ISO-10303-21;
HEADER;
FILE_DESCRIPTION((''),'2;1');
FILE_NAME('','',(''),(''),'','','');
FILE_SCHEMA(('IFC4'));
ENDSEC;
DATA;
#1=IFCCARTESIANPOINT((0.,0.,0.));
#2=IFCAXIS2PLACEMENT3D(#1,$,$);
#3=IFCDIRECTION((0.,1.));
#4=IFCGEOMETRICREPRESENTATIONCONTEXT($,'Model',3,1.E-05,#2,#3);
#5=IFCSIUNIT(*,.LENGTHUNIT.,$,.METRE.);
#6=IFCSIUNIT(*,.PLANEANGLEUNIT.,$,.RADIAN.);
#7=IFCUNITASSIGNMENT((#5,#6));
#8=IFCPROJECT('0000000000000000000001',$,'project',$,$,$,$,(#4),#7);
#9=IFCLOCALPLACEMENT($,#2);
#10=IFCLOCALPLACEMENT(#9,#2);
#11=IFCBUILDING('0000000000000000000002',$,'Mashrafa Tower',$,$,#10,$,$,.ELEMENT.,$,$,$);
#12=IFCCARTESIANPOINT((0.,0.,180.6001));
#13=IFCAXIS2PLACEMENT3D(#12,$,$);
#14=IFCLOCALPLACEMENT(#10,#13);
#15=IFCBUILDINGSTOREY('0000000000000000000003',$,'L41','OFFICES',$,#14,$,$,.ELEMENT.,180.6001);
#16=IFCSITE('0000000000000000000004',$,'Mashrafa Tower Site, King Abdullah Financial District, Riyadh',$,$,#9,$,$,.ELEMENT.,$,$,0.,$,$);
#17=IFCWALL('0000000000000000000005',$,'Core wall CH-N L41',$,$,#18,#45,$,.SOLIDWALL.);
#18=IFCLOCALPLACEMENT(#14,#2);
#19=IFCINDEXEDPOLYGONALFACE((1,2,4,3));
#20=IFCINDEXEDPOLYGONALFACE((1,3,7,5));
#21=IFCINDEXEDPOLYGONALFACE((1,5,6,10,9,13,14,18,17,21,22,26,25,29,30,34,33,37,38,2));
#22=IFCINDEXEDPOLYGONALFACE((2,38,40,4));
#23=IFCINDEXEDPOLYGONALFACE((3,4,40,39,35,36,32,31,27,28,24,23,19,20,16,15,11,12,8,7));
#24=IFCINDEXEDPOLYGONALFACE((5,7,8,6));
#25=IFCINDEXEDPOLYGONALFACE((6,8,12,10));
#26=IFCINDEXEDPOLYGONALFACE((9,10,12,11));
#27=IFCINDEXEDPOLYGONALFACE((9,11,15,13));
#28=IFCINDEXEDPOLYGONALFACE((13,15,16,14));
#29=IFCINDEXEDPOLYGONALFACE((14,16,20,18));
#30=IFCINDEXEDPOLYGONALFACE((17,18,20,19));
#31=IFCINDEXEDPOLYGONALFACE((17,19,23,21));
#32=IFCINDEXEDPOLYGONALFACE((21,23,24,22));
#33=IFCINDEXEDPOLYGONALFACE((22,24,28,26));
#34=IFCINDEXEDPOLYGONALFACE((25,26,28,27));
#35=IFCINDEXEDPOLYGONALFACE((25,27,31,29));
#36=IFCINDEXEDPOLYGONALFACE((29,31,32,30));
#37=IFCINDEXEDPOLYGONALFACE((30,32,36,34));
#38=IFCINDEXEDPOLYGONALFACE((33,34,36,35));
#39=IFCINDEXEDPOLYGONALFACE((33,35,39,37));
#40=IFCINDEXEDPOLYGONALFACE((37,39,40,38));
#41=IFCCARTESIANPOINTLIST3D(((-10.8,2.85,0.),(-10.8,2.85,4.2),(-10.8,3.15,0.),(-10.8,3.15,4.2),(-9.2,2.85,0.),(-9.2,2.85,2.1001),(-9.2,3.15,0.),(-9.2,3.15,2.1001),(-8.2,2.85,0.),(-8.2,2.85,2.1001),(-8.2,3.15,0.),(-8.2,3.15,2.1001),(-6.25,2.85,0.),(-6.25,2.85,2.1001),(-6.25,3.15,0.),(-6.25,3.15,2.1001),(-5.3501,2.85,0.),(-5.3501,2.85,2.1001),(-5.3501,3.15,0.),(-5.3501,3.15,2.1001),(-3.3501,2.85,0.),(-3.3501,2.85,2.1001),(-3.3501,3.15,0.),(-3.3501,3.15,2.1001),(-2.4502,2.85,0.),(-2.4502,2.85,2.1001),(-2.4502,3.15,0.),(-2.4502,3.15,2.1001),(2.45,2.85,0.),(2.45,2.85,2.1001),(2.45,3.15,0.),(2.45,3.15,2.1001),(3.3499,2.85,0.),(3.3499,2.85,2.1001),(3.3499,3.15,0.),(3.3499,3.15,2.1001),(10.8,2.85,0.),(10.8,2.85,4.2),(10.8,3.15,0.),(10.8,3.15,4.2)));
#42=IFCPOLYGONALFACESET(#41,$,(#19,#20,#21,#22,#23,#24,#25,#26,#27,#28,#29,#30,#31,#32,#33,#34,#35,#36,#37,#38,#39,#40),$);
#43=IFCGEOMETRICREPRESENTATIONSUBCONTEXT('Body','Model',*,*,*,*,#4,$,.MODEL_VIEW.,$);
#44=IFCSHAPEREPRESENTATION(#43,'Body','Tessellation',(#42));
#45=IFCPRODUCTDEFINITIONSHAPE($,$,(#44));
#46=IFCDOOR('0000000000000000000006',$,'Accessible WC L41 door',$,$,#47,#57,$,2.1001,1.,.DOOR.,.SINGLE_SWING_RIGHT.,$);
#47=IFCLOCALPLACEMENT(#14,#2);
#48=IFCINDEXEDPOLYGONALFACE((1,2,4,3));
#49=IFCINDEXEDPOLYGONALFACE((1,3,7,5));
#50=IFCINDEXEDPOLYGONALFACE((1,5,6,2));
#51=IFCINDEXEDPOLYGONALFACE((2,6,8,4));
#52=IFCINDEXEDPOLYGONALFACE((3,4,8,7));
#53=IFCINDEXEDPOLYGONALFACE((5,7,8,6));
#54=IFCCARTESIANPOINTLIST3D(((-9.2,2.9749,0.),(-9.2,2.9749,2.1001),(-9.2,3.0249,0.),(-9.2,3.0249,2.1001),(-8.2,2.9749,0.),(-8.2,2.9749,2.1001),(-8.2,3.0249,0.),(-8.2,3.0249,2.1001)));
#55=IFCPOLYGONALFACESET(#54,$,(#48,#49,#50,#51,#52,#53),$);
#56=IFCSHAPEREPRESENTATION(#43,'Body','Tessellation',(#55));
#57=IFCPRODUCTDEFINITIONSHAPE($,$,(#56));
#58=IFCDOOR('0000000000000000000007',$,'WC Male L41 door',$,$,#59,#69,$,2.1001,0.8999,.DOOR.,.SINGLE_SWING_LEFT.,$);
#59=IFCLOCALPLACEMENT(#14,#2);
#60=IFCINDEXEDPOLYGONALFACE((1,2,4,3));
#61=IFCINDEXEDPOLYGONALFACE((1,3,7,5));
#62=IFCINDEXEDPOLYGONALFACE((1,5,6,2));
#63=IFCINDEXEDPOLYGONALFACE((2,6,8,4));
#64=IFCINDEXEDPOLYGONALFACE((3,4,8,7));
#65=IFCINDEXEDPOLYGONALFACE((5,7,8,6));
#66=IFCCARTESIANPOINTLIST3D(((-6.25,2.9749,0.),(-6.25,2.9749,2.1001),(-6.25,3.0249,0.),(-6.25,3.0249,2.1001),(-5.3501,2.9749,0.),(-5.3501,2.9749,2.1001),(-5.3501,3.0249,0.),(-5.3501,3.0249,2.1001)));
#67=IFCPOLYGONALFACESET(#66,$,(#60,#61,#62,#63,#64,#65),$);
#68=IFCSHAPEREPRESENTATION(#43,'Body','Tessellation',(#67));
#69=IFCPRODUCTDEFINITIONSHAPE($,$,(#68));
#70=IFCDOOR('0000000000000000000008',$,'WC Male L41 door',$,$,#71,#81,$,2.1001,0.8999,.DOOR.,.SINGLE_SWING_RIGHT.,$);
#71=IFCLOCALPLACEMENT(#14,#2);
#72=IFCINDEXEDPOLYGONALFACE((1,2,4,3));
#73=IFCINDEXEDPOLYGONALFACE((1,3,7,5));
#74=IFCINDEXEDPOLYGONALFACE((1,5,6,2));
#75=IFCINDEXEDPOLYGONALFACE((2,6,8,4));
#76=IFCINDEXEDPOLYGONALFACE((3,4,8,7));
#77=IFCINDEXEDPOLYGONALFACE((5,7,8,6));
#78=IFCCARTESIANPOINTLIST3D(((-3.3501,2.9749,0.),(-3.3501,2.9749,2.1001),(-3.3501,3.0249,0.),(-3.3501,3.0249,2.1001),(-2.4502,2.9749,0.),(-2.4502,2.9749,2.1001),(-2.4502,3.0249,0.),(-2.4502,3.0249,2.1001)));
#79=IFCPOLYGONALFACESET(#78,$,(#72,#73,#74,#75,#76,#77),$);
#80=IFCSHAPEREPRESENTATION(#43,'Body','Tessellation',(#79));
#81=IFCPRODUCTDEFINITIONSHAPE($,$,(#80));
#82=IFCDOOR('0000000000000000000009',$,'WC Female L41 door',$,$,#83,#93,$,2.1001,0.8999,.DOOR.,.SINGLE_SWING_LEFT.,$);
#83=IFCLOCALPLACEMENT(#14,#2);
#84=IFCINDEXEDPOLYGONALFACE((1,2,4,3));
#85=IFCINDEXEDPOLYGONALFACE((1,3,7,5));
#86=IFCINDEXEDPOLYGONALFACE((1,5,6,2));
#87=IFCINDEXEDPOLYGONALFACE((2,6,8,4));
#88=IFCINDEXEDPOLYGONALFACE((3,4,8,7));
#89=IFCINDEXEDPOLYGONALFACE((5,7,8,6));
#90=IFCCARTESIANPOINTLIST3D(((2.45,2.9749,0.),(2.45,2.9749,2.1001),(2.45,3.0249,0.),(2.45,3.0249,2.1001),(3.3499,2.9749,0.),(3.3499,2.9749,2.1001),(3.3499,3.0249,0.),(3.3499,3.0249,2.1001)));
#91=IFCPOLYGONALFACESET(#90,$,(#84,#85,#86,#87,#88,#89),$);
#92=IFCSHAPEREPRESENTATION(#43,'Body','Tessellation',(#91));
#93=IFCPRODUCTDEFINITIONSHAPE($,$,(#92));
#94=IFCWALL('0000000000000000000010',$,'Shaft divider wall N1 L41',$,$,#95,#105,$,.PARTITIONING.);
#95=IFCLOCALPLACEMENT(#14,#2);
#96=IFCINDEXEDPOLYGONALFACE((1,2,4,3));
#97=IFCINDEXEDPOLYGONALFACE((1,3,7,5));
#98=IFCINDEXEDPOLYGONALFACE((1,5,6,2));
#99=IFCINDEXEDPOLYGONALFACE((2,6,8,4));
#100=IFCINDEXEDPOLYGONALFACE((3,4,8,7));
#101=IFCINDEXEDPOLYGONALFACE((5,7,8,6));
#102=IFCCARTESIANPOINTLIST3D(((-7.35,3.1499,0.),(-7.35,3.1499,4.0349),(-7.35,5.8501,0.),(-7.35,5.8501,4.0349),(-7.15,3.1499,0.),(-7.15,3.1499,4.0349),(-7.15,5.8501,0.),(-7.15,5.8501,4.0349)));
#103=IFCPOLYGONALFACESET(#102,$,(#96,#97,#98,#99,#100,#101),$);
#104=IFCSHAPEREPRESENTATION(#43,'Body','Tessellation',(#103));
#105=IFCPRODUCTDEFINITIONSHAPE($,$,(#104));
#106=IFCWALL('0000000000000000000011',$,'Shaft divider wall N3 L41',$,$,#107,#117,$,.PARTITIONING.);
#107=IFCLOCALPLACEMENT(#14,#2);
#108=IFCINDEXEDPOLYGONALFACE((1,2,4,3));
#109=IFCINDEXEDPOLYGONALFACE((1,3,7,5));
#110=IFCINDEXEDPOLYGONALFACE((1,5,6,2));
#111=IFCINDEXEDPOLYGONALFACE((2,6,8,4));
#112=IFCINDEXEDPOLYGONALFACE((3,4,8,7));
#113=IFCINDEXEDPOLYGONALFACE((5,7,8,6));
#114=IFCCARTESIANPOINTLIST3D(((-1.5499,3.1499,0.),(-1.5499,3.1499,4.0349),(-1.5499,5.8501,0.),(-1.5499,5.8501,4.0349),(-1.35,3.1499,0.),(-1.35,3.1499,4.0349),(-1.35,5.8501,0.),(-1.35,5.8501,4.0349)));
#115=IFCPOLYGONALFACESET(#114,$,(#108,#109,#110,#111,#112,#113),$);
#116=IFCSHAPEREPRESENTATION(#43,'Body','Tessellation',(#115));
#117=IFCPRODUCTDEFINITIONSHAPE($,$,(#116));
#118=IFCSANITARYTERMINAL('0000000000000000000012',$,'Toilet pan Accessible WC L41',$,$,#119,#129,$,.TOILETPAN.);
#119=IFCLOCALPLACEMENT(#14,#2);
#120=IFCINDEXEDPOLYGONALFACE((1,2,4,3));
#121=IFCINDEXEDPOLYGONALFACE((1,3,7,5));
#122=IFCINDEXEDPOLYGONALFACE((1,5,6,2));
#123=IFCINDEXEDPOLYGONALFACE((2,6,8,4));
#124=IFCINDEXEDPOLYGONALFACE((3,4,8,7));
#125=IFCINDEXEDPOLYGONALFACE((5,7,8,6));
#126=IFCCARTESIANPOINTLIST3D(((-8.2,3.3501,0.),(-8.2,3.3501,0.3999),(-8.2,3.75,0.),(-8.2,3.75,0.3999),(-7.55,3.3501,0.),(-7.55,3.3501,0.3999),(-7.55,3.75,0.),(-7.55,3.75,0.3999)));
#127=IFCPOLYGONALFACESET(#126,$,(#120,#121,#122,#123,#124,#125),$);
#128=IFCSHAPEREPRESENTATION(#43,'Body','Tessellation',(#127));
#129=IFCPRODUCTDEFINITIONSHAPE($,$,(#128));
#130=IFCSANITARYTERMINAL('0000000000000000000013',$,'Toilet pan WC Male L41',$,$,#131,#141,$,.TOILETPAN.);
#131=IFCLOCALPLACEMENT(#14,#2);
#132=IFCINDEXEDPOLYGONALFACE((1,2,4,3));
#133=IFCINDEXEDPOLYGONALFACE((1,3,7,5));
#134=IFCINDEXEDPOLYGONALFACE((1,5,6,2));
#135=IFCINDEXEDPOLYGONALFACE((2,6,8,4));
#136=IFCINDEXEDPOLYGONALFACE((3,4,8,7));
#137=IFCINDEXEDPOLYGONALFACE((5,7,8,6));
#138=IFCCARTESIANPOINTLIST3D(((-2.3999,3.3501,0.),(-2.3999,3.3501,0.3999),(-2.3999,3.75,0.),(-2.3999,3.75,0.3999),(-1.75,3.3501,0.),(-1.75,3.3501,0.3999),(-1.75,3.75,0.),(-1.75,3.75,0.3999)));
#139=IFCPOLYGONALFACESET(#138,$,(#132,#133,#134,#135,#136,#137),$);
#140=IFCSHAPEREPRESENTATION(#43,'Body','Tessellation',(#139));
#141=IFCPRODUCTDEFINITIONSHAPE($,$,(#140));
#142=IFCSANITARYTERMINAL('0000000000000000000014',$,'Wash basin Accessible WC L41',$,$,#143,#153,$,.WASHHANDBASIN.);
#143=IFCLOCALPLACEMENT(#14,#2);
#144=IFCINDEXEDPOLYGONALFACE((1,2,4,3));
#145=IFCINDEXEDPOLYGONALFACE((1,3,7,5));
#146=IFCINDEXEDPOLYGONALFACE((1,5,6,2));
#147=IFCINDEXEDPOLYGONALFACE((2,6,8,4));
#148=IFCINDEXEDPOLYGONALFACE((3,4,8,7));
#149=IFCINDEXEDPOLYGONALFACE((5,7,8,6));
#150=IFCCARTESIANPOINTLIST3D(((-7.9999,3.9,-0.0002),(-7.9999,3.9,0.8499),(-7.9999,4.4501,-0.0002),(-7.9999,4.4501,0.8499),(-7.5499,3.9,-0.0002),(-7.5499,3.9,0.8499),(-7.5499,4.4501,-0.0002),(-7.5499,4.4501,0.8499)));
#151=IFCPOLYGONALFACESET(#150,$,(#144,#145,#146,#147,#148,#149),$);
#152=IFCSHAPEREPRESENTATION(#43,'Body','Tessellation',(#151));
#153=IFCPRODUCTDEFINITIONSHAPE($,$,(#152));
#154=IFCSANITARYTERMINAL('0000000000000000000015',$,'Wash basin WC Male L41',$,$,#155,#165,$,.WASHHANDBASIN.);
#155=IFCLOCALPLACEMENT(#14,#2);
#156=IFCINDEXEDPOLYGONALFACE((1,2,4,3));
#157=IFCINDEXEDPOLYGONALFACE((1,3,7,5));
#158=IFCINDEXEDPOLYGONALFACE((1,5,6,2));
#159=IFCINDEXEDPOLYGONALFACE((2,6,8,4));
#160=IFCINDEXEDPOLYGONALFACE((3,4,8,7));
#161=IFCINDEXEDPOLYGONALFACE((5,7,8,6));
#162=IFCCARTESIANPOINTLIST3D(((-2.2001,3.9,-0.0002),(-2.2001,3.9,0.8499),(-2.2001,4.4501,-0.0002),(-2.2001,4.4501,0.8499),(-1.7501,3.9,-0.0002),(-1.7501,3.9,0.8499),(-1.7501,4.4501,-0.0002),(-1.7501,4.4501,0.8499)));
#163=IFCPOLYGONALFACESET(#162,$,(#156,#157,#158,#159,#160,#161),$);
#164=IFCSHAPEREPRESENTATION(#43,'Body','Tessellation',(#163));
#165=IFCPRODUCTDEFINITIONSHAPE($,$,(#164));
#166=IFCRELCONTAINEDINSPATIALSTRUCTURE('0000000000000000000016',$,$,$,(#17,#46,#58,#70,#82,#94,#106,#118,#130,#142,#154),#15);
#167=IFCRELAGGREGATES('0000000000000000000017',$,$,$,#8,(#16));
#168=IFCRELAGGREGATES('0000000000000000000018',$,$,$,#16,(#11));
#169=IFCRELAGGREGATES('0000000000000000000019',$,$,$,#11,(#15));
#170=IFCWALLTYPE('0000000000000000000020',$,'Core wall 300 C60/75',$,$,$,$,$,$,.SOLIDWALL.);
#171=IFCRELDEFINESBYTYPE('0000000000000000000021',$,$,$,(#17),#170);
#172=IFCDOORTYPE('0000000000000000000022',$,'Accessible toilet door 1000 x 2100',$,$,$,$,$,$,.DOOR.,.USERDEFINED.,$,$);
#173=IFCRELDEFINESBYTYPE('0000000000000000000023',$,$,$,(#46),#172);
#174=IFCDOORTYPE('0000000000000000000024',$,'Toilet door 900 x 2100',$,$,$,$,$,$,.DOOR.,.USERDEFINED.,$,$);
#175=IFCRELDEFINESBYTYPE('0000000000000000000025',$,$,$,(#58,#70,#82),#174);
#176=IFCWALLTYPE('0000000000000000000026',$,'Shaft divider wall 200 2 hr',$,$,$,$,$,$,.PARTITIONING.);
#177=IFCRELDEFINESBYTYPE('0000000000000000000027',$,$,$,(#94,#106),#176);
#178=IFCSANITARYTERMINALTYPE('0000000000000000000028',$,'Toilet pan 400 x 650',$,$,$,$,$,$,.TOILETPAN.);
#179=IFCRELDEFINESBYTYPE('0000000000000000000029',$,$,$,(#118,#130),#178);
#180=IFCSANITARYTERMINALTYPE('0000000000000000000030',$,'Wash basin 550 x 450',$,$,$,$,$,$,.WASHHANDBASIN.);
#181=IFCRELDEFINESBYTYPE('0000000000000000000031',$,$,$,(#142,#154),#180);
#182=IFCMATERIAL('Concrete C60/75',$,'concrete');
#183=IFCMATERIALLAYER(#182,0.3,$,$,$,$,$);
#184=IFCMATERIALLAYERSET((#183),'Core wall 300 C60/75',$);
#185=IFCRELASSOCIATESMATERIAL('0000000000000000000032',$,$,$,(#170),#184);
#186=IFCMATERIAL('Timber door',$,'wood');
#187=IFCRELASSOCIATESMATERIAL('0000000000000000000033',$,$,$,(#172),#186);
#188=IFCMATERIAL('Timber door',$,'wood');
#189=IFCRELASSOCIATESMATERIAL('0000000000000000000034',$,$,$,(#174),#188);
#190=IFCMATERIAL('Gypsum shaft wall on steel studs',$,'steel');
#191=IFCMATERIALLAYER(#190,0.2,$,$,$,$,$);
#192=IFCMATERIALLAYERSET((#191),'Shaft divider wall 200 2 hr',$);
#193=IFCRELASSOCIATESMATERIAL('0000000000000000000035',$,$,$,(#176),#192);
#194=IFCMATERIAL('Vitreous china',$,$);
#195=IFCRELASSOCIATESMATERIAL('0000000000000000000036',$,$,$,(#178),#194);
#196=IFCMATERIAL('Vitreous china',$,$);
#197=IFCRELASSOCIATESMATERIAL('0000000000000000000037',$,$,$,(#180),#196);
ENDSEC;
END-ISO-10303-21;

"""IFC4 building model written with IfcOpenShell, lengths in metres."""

from ifc_helpers import new_model, si_unit, direction, frame, frame_2d, origin, origin_2d, place, context, subcontext, project, spatial, rectangle, extrude, material, layer, layer_set, type_object, element, fill, save


model = new_model("IFC4")

# Units and contexts
model_context = context("Model", 3, precision=1e-05, world=origin(), true_north=direction((0.0, 1.0)))
body_context = subcontext(model_context, "Body", "Model", "MODEL_VIEW")
ifc_project = project(units=[si_unit("LENGTHUNIT", "METRE"), si_unit("PLANEANGLEUNIT", "RADIAN")], contexts=[model_context])

# Site, building, storey
site_placement = place(None, origin())
site = spatial("IfcSite", under=ifc_project, at=site_placement, Name="Mashrafa Tower Site, King Abdullah Financial District, Riyadh", CompositionType="ELEMENT", RefElevation=0.0)
building_placement = place(site_placement, origin())
building = spatial("IfcBuilding", under=site, at=building_placement, Name="Mashrafa Tower", CompositionType="ELEMENT")
storey_placement = place(building_placement, frame((0.0, 0.0, 180.6001)))
storey = spatial("IfcBuildingStorey", under=building, at=storey_placement, Name="L41", Description="OFFICES", CompositionType="ELEMENT", Elevation=180.6001)

# Wall, openings, doors
ifc_material_1 = material(Name="Concrete C60/75", Category="concrete")
ifc_layer_1 = layer(ifc_material_1, 0.3)
ifc_layer_set_1 = layer_set([ifc_layer_1], Name="Core wall 300 C60/75")
wall_type_1 = type_object("IfcWallType", Name="Core wall 300 C60/75", PredefinedType="SOLIDWALL", material=ifc_layer_set_1)
wall_placement = place(storey_placement, frame((-10.8, 3.0, 0.0), z_axis=(0.0, 0.0, 1.0), x_axis=(1.0, 0.0, 0.0)))
wall = element("IfcWall", 1, at=wall_placement, inside=storey, type_object=wall_type_1, Name="Core wall CH-N L41", PredefinedType="SOLIDWALL", context=body_context, shape_type="SweptSolid", body=[
    extrude(rectangle(XDim=21.6001, YDim=0.3, at=frame_2d((10.8, 0.0))), origin(), (0.0, 0.0, 1.0), 4.2),
])
opening_1_placement = place(wall_placement, frame((1.6001, 0.0, 0.0)))
opening_1 = element("IfcOpeningElement", 2, at=opening_1_placement, cuts=wall, PredefinedType="OPENING", context=body_context, shape_type="SweptSolid", body=[
    extrude(rectangle(XDim=1.0, YDim=2.1001, at=frame_2d((0.5, 1.05))), frame((0.0, 0.1599, 0.0), z_axis=(0.0, -1.0, 0.0), x_axis=(1.0, 0.0, 0.0)), (0.0, 0.0, 1.0), 0.3201),
])
opening_2_placement = place(wall_placement, frame((4.55, 0.0, 0.0)))
opening_2 = element("IfcOpeningElement", 3, at=opening_2_placement, cuts=wall, PredefinedType="OPENING", context=body_context, shape_type="SweptSolid", body=[
    extrude(rectangle(XDim=0.8999, YDim=2.1001, at=frame_2d((0.45, 1.05))), frame((0.0, 0.1599, 0.0), z_axis=(0.0, -1.0, 0.0), x_axis=(1.0, 0.0, 0.0)), (0.0, 0.0, 1.0), 0.3201),
])
opening_3_placement = place(wall_placement, frame((7.45, 0.0, 0.0)))
opening_3 = element("IfcOpeningElement", 4, at=opening_3_placement, cuts=wall, PredefinedType="OPENING", context=body_context, shape_type="SweptSolid", body=[
    extrude(rectangle(XDim=0.8999, YDim=2.1001, at=frame_2d((0.45, 1.05))), frame((0.0, 0.1599, 0.0), z_axis=(0.0, -1.0, 0.0), x_axis=(1.0, 0.0, 0.0)), (0.0, 0.0, 1.0), 0.3201),
])
opening_4_placement = place(wall_placement, frame((13.25, 0.0, 0.0)))
opening_4 = element("IfcOpeningElement", 5, at=opening_4_placement, cuts=wall, PredefinedType="OPENING", context=body_context, shape_type="SweptSolid", body=[
    extrude(rectangle(XDim=0.8999, YDim=2.1001, at=frame_2d((0.45, 1.05))), frame((0.0, 0.1599, 0.0), z_axis=(0.0, -1.0, 0.0), x_axis=(1.0, 0.0, 0.0)), (0.0, 0.0, 1.0), 0.3201),
])
ifc_material_2 = material(Name="Timber door", Category="wood")
door_type_1 = type_object("IfcDoorType", Name="Accessible toilet door 1000 x 2100", OperationType="USERDEFINED", PredefinedType="DOOR", material=ifc_material_2)
door_1_placement = place(opening_1_placement, origin())
door_1 = element("IfcDoor", 6, at=door_1_placement, inside=storey, type_object=door_type_1, Name="Accessible WC L41 door", OperationType="SINGLE_SWING_RIGHT", OverallHeight=2.1001, OverallWidth=1.0, PredefinedType="DOOR", context=body_context, shape_type="SweptSolid", body=[
    extrude(rectangle(XDim=1.0, YDim=2.1001, at=frame_2d((0.5, 1.05))), frame((0.0, 0.0249, 0.0), z_axis=(0.0, -1.0, 0.0), x_axis=(1.0, 0.0, 0.0)), (0.0, 0.0, 1.0), 0.05),
])
fill(opening_1, door_1)
ifc_material_3 = material(Name="Timber door", Category="wood")
door_type_2 = type_object("IfcDoorType", Name="Toilet door 900 x 2100", OperationType="USERDEFINED", PredefinedType="DOOR", material=ifc_material_3)
door_2_placement = place(opening_2_placement, origin())
door_2 = element("IfcDoor", 7, at=door_2_placement, inside=storey, type_object=door_type_2, Name="WC Male L41 door", OperationType="SINGLE_SWING_LEFT", OverallHeight=2.1001, OverallWidth=0.8999, PredefinedType="DOOR", context=body_context, shape_type="SweptSolid", body=[
    extrude(rectangle(XDim=0.8999, YDim=2.1001, at=frame_2d((0.45, 1.05))), frame((0.0, 0.0249, 0.0), z_axis=(0.0, -1.0, 0.0), x_axis=(1.0, 0.0, 0.0)), (0.0, 0.0, 1.0), 0.05),
])
fill(opening_2, door_2)
door_3_placement = place(opening_3_placement, origin())
door_3 = element("IfcDoor", 8, at=door_3_placement, inside=storey, type_object=door_type_2, Name="WC Male L41 door", OperationType="SINGLE_SWING_RIGHT", OverallHeight=2.1001, OverallWidth=0.8999, PredefinedType="DOOR", context=body_context, shape_type="SweptSolid", body=[
    extrude(rectangle(XDim=0.8999, YDim=2.1001, at=frame_2d((0.45, 1.05))), frame((0.0, 0.0249, 0.0), z_axis=(0.0, -1.0, 0.0), x_axis=(1.0, 0.0, 0.0)), (0.0, 0.0, 1.0), 0.05),
])
fill(opening_3, door_3)
door_4_placement = place(opening_4_placement, origin())
door_4 = element("IfcDoor", 9, at=door_4_placement, inside=storey, type_object=door_type_2, Name="WC Female L41 door", OperationType="SINGLE_SWING_LEFT", OverallHeight=2.1001, OverallWidth=0.8999, PredefinedType="DOOR", context=body_context, shape_type="SweptSolid", body=[
    extrude(rectangle(XDim=0.8999, YDim=2.1001, at=frame_2d((0.45, 1.05))), frame((0.0, 0.0249, 0.0), z_axis=(0.0, -1.0, 0.0), x_axis=(1.0, 0.0, 0.0)), (0.0, 0.0, 1.0), 0.05),
])
fill(opening_4, door_4)

# Walls
ifc_material_4 = material(Name="Gypsum shaft wall on steel studs", Category="steel")
ifc_layer_2 = layer(ifc_material_4, 0.2)
ifc_layer_set_2 = layer_set([ifc_layer_2], Name="Shaft divider wall 200 2 hr")
wall_type_2 = type_object("IfcWallType", Name="Shaft divider wall 200 2 hr", PredefinedType="PARTITIONING", material=ifc_layer_set_2)
for number, where, z_axis, x_axis, name in (
    (10, (-7.25, 3.1499, 0.0), (0.0, 0.0, 1.0), (0.0, 1.0, 0.0), "Shaft divider wall N1 L41"),
    (11, (-1.45, 3.1499, 0.0), (0.0, 0.0, 1.0), (0.0, 1.0, 0.0), "Shaft divider wall N3 L41"),
):
    element("IfcWall", number, at=place(storey_placement, frame(where, z_axis=z_axis, x_axis=x_axis)), inside=storey, type_object=wall_type_2, Name=name, PredefinedType="PARTITIONING", context=body_context, shape_type="SweptSolid", body=[
        extrude(rectangle(XDim=2.7002, YDim=0.2, at=frame_2d((1.3501, 0.0))), origin(), (0.0, 0.0, 1.0), 4.0349),
    ])

# Sanitary terminals
ifc_material_5 = material(Name="Vitreous china")
sanitary_terminal_type_1 = type_object("IfcSanitaryTerminalType", Name="Toilet pan 400 x 650", PredefinedType="TOILETPAN", material=ifc_material_5)
for number, where, z_axis, x_axis, name in (
    (12, (-7.875, 3.55, 0.0), (0.0, 0.0, 1.0), (0.0, 1.0, 0.0), "Toilet pan Accessible WC L41"),
    (13, (-2.075, 3.55, 0.0), (0.0, 0.0, 1.0), (0.0, 1.0, 0.0), "Toilet pan WC Male L41"),
):
    element("IfcSanitaryTerminal", number, at=place(storey_placement, frame(where, z_axis=z_axis, x_axis=x_axis)), inside=storey, type_object=sanitary_terminal_type_1, Name=name, PredefinedType="TOILETPAN", context=body_context, shape_type="SweptSolid", body=[
        extrude(rectangle(XDim=0.3999, YDim=0.6499, at=origin_2d()), origin(), (0.0, 0.0, 1.0), 0.3999),
    ])
ifc_material_6 = material(Name="Vitreous china")
sanitary_terminal_type_2 = type_object("IfcSanitaryTerminalType", Name="Wash basin 550 x 450", PredefinedType="WASHHANDBASIN", material=ifc_material_6)
for number, where, z_axis, x_axis, name in (
    (14, (-7.7749, 4.175, -0.0002), (0.0, 0.0, 1.0), (0.0, 1.0, 0.0), "Wash basin Accessible WC L41"),
    (15, (-1.9751, 4.175, -0.0002), (0.0, 0.0, 1.0), (0.0, 1.0, 0.0), "Wash basin WC Male L41"),
):
    element("IfcSanitaryTerminal", number, at=place(storey_placement, frame(where, z_axis=z_axis, x_axis=x_axis)), inside=storey, type_object=sanitary_terminal_type_2, Name=name, PredefinedType="WASHHANDBASIN", context=body_context, shape_type="SweptSolid", body=[
        extrude(rectangle(XDim=0.55, YDim=0.45, at=origin_2d()), origin(), (0.0, 0.0, 1.0), 0.8501),
    ])

save(model, "model.ifc")
